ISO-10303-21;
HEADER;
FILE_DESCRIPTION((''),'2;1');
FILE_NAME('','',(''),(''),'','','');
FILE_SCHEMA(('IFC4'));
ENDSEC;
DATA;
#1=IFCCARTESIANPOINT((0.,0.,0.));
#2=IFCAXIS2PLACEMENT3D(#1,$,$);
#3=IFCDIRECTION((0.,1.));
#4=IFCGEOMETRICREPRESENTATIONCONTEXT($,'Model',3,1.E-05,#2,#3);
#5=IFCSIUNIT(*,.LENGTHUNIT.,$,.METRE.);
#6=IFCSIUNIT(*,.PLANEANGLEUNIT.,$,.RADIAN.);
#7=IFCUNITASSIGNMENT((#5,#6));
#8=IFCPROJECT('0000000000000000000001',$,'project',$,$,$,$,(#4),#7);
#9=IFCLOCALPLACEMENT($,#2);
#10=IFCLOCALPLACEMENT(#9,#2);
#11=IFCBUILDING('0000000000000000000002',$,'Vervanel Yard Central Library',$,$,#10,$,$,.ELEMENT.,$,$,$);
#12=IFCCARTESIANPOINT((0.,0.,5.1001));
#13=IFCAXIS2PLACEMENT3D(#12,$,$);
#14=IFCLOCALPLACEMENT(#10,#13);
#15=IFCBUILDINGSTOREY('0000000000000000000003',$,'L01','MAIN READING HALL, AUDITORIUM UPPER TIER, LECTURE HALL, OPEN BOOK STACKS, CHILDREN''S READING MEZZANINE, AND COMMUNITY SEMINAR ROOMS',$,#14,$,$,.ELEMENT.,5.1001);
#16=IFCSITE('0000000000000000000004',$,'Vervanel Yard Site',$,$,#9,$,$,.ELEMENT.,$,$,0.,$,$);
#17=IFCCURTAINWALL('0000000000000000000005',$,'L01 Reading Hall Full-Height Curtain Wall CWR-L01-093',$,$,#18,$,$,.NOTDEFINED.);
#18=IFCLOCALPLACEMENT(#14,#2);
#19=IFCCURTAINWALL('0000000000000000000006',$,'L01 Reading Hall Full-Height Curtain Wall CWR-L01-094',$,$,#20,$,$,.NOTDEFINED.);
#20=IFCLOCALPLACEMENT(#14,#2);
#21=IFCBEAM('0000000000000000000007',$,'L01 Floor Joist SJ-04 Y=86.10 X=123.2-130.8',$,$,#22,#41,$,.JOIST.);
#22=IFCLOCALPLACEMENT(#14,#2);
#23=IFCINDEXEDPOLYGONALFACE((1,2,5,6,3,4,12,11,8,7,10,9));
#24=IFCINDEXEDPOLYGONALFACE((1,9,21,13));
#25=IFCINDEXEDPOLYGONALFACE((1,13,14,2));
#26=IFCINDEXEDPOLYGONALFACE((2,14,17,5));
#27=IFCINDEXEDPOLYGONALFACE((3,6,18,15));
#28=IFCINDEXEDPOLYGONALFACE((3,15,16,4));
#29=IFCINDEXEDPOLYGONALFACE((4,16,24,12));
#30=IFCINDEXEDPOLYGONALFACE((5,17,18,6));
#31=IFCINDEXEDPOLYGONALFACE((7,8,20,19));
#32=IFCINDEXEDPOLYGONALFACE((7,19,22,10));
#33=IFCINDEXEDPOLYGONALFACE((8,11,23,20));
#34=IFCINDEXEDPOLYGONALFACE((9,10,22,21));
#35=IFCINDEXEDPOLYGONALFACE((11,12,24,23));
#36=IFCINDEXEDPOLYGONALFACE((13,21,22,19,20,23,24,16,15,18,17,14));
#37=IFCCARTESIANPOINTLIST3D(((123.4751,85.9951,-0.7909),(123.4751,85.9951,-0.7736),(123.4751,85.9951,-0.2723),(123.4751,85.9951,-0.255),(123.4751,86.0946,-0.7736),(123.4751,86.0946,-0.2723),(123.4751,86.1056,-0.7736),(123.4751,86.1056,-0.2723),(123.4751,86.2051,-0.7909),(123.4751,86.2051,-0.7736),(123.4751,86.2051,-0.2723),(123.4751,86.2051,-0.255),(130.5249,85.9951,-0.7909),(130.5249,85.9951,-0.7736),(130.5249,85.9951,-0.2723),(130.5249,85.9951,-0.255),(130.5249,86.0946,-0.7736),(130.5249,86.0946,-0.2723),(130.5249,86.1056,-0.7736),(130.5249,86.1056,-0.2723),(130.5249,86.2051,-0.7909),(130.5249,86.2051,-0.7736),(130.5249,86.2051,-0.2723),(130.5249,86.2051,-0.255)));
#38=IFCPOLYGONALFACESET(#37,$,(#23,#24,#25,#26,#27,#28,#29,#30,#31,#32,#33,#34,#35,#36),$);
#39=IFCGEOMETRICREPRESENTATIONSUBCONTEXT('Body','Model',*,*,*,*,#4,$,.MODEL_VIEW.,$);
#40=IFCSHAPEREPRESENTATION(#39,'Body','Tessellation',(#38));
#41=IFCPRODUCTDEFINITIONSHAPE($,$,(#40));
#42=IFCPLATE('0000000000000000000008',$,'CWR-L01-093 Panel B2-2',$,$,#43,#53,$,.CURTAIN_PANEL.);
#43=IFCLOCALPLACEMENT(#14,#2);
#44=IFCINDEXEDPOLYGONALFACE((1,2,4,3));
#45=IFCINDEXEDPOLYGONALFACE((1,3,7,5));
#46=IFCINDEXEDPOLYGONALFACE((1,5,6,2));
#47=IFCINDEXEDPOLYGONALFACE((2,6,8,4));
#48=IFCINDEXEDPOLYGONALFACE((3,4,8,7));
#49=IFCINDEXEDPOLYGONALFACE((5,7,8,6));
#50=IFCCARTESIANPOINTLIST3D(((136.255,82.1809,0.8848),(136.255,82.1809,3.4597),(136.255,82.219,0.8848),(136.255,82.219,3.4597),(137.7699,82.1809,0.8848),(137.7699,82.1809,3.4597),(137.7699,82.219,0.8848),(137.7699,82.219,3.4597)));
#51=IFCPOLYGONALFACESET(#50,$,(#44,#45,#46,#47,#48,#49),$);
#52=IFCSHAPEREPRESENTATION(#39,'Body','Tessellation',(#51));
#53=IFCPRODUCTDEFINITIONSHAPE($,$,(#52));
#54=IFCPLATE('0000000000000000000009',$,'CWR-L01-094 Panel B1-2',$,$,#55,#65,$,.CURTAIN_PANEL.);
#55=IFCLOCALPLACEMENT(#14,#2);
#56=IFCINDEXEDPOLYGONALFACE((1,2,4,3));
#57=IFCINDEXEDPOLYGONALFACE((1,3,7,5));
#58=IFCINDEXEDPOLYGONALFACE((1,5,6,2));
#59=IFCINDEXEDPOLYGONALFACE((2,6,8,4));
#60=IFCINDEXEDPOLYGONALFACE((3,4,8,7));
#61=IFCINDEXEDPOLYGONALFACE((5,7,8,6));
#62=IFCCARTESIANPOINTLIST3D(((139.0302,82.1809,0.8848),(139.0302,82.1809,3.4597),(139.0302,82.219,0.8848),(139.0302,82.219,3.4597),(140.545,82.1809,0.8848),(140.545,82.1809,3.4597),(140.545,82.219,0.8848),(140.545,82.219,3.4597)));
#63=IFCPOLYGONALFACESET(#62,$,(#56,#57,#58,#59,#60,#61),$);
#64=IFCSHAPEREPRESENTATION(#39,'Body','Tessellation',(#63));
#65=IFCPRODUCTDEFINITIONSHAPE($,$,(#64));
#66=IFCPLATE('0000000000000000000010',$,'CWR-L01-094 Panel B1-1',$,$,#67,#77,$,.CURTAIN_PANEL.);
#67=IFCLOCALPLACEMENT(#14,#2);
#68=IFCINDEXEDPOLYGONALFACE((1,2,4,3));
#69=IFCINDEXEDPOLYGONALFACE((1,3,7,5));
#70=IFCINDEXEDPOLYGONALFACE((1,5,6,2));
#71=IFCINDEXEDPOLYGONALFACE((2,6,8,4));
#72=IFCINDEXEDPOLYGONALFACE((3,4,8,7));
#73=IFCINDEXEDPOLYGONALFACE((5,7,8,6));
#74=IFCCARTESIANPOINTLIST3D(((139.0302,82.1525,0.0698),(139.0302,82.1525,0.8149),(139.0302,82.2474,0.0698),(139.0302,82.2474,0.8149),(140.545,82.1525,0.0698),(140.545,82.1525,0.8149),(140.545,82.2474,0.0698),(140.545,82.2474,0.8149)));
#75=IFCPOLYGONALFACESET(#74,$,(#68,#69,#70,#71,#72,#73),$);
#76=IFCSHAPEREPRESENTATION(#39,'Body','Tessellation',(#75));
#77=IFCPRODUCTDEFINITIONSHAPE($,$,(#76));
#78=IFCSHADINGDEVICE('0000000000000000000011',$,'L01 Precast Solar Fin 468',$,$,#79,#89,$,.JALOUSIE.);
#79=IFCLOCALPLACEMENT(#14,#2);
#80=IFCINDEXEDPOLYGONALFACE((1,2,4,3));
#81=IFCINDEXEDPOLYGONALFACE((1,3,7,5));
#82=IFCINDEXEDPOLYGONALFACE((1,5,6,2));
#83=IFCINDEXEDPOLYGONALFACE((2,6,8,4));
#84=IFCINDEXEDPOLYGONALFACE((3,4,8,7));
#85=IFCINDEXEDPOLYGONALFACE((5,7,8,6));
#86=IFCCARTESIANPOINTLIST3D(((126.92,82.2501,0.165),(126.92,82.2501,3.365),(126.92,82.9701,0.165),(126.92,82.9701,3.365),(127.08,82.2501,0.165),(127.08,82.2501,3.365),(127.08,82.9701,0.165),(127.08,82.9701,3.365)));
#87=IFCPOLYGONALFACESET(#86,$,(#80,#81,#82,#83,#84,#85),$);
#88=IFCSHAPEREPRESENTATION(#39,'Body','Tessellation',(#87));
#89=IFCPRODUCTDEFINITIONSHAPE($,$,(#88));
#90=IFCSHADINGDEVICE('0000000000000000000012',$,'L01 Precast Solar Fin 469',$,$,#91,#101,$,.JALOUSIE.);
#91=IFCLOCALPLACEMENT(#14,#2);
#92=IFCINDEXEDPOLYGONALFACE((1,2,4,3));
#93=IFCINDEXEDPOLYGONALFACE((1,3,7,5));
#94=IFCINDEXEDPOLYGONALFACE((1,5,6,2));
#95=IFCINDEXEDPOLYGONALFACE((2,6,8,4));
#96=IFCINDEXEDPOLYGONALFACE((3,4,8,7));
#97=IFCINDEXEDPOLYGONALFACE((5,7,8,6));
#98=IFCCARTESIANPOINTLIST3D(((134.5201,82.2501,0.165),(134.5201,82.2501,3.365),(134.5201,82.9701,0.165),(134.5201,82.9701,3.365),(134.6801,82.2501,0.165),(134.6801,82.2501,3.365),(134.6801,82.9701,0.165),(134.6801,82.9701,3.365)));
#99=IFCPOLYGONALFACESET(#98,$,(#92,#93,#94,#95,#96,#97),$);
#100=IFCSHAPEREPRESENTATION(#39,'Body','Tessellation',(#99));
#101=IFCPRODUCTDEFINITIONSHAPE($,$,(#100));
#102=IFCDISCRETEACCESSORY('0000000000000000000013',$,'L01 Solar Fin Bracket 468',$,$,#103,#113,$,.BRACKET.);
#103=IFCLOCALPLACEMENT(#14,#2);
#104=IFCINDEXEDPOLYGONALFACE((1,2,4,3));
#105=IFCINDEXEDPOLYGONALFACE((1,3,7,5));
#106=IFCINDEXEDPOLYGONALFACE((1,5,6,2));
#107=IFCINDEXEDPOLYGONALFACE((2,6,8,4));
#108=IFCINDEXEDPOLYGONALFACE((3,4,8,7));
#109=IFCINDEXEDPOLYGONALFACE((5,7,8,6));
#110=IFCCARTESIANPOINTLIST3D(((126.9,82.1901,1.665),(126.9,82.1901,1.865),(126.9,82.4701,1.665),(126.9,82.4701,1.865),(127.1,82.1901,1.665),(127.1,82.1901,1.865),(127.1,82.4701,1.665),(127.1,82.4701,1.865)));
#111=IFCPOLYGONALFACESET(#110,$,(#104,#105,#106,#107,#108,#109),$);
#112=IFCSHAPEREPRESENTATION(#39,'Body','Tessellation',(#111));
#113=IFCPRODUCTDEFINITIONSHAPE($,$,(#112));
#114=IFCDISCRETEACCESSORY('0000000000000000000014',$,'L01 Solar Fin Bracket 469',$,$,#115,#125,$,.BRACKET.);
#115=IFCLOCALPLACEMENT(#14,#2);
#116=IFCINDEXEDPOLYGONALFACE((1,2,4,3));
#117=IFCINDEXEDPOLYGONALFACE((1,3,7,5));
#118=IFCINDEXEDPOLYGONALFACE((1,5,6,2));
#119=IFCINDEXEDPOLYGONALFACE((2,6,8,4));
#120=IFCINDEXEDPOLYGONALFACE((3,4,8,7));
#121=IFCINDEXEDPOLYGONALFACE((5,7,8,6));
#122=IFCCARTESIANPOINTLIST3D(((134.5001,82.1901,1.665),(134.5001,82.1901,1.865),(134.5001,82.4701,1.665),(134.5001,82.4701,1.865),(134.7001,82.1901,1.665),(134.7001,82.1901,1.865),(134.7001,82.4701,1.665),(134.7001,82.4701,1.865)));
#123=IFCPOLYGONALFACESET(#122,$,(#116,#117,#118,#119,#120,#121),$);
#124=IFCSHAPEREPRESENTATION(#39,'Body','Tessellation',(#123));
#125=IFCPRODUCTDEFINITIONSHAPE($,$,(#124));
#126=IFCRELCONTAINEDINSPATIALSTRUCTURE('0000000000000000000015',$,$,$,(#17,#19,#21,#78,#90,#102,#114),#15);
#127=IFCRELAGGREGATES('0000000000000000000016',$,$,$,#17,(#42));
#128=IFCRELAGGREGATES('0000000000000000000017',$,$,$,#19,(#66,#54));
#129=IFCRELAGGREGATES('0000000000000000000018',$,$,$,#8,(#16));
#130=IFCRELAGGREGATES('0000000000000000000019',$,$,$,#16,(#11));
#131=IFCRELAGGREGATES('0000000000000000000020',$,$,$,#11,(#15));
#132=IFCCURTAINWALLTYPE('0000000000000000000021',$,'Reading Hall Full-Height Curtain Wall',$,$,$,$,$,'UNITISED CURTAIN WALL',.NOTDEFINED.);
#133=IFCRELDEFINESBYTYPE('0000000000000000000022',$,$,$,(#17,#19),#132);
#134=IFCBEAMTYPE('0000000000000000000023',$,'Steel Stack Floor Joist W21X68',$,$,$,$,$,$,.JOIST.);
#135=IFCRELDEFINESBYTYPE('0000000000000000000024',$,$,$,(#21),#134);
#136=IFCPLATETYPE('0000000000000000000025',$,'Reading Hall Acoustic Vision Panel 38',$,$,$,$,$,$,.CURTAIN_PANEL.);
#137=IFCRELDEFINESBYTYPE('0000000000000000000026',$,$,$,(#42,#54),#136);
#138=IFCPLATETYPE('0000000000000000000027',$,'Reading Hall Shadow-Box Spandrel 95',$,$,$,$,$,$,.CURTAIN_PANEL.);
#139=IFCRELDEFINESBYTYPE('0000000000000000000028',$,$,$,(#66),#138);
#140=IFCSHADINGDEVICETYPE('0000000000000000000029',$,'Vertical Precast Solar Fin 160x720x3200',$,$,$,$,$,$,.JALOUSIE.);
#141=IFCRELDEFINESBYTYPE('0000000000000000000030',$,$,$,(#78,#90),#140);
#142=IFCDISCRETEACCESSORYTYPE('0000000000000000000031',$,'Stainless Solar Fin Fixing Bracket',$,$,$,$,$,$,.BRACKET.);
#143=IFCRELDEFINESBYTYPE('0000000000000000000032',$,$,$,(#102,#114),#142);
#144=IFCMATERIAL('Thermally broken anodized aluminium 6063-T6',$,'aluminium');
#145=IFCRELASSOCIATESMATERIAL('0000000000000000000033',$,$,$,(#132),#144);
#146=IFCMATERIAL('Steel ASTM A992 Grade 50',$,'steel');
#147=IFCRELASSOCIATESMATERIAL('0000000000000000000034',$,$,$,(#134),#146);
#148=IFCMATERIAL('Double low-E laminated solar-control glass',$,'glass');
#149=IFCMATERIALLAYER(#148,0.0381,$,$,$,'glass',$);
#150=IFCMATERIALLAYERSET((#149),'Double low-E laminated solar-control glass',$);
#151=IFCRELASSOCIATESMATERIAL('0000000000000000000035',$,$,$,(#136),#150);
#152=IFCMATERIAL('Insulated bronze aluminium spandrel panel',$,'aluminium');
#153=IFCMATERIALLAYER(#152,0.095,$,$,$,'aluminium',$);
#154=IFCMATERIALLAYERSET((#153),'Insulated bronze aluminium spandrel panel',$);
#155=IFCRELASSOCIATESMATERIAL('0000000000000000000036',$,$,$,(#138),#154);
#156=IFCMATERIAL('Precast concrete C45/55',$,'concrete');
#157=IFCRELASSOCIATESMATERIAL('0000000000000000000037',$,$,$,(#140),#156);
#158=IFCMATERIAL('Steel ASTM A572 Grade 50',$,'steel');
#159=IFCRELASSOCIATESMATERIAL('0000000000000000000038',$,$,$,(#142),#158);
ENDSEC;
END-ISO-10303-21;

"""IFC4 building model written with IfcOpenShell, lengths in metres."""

from ifc_helpers import new_model, si_unit, direction, frame, origin, origin_2d, place, context, subcontext, project, spatial, rectangle, i_section, extrude, material, layer, layer_set, material_profile, profile_set, type_object, element, aggregate, save


model = new_model("IFC4")

# Units and contexts
model_context = context("Model", 3, precision=1e-05, world=origin(), true_north=direction((0.0, 1.0)))
body_context = subcontext(model_context, "Body", "Model", "MODEL_VIEW")
ifc_project = project(units=[si_unit("LENGTHUNIT", "METRE"), si_unit("PLANEANGLEUNIT", "RADIAN")], contexts=[model_context])

# Site, building, storey
site_placement = place(None, origin())
site = spatial("IfcSite", under=ifc_project, at=site_placement, Name="Vervanel Yard Site", CompositionType="ELEMENT", RefElevation=0.0)
building_placement = place(site_placement, origin())
building = spatial("IfcBuilding", under=site, at=building_placement, Name="Vervanel Yard Central Library", CompositionType="ELEMENT")
storey_placement = place(building_placement, frame((0.0, 0.0, 5.1001)))
storey = spatial("IfcBuildingStorey", under=building, at=storey_placement, Name="L01", Description="MAIN READING HALL, AUDITORIUM UPPER TIER, LECTURE HALL, OPEN BOOK STACKS, CHILDREN'S READING MEZZANINE, AND COMMUNITY SEMINAR ROOMS", CompositionType="ELEMENT", Elevation=5.1001)

# Curtain wall
ifc_material_1 = material(Name="Thermally broken anodized aluminium 6063-T6", Category="aluminium")
curtain_wall_type = type_object("IfcCurtainWallType", Name="Reading Hall Full-Height Curtain Wall", ElementType="UNITISED CURTAIN WALL", PredefinedType="NOTDEFINED", material=ifc_material_1)
curtain_wall_1_placement = place(storey_placement, origin())
curtain_wall_1 = element("IfcCurtainWall", 1, at=curtain_wall_1_placement, inside=storey, type_object=curtain_wall_type, Name="L01 Reading Hall Full-Height Curtain Wall CWR-L01-093", PredefinedType="NOTDEFINED")

# Curtain wall
curtain_wall_2_placement = place(storey_placement, origin())
curtain_wall_2 = element("IfcCurtainWall", 2, at=curtain_wall_2_placement, inside=storey, type_object=curtain_wall_type, Name="L01 Reading Hall Full-Height Curtain Wall CWR-L01-094", PredefinedType="NOTDEFINED")

# Beam
ifc_material_2 = material(Name="Steel ASTM A992 Grade 50", Category="steel")
ifc_material_profile_1 = material_profile(ifc_material_2, i_section(OverallWidth=0.21, OverallDepth=0.5359, WebThickness=0.011, FlangeThickness=0.0173, at=origin_2d()), Name="W21X68", Category="steel")
ifc_profile_set_1 = profile_set([ifc_material_profile_1], Name="Steel ASTM A992 Grade 50")
beam_type_1 = type_object("IfcBeamType", Name="Steel Stack Floor Joist W21X68", PredefinedType="JOIST", material=ifc_profile_set_1)
beam_1_placement = place(storey_placement, frame((123.4751, 86.1001, -0.5229), z_axis=(1.0, 0.0, 0.0), x_axis=(0.0, 1.0, 0.0)))
element("IfcBeam", 3, at=beam_1_placement, inside=storey, type_object=beam_type_1, Name="L01 Floor Joist SJ-04 Y=86.10 X=123.2-130.8", PredefinedType="JOIST", context=body_context, shape_type="SweptSolid", body=[
    extrude(i_section(OverallWidth=0.21, OverallDepth=0.5359, WebThickness=0.011, FlangeThickness=0.0173, at=origin_2d()), origin(), (0.0, 0.0, 1.0), 7.0498),
])

# Plates
ifc_material_3 = material(Name="Double low-E laminated solar-control glass", Category="glass")
ifc_layer_1 = layer(ifc_material_3, 0.0381, Category="glass")
ifc_layer_set_1 = layer_set([ifc_layer_1], Name="Double low-E laminated solar-control glass")
plate_type_1 = type_object("IfcPlateType", Name="Reading Hall Acoustic Vision Panel 38", PredefinedType="CURTAIN_PANEL", material=ifc_layer_set_1)
plate_1_placement = place(storey_placement, frame((137.0125, 82.2, 0.8848), z_axis=(0.0, 0.0, 1.0), x_axis=(1.0, 0.0, 0.0)))
plate_1 = element("IfcPlate", 4, at=plate_1_placement, type_object=plate_type_1, Name="CWR-L01-093 Panel B2-2", PredefinedType="CURTAIN_PANEL", context=body_context, shape_type="SweptSolid", body=[
    extrude(rectangle(XDim=1.5149, YDim=0.0381, at=origin_2d()), origin(), (0.0, 0.0, 1.0), 2.575),
])
aggregate(curtain_wall_1, [plate_1])
plate_2_placement = place(storey_placement, frame((139.7876, 82.2, 0.8848), z_axis=(0.0, 0.0, 1.0), x_axis=(1.0, 0.0, 0.0)))
plate_2 = element("IfcPlate", 5, at=plate_2_placement, type_object=plate_type_1, Name="CWR-L01-094 Panel B1-2", PredefinedType="CURTAIN_PANEL", context=body_context, shape_type="SweptSolid", body=[
    extrude(rectangle(XDim=1.5149, YDim=0.0381, at=origin_2d()), origin(), (0.0, 0.0, 1.0), 2.575),
])
ifc_material_4 = material(Name="Insulated bronze aluminium spandrel panel", Category="aluminium")
ifc_layer_2 = layer(ifc_material_4, 0.095, Category="aluminium")
ifc_layer_set_2 = layer_set([ifc_layer_2], Name="Insulated bronze aluminium spandrel panel")
plate_type_2 = type_object("IfcPlateType", Name="Reading Hall Shadow-Box Spandrel 95", PredefinedType="CURTAIN_PANEL", material=ifc_layer_set_2)
plate_3_placement = place(storey_placement, frame((139.7876, 82.2, 0.0698), z_axis=(0.0, 0.0, 1.0), x_axis=(1.0, 0.0, 0.0)))
plate_3 = element("IfcPlate", 6, at=plate_3_placement, type_object=plate_type_2, Name="CWR-L01-094 Panel B1-1", PredefinedType="CURTAIN_PANEL", context=body_context, shape_type="SweptSolid", body=[
    extrude(rectangle(XDim=1.5149, YDim=0.095, at=origin_2d()), origin(), (0.0, 0.0, 1.0), 0.7451),
])
aggregate(curtain_wall_2, [plate_3, plate_2])

# Shading devices
ifc_material_5 = material(Name="Precast concrete C45/55", Category="concrete")
shading_device_type = type_object("IfcShadingDeviceType", Name="Vertical Precast Solar Fin 160x720x3200", PredefinedType="JALOUSIE", material=ifc_material_5)
for number, where, z_axis, x_axis, name in (
    (7, (127.0, 82.6101, 0.165), (0.0, 0.0, 1.0), (1.0, 0.0, 0.0), "L01 Precast Solar Fin 468"),
    (8, (134.6001, 82.6101, 0.165), (0.0, 0.0, 1.0), (1.0, 0.0, 0.0), "L01 Precast Solar Fin 469"),
):
    element("IfcShadingDevice", number, at=place(storey_placement, frame(where, z_axis=z_axis, x_axis=x_axis)), inside=storey, type_object=shading_device_type, Name=name, PredefinedType="JALOUSIE", context=body_context, shape_type="SweptSolid", body=[
        extrude(rectangle(XDim=0.1599, YDim=0.72, at=origin_2d()), origin(), (0.0, 0.0, 1.0), 3.2),
    ])

# Discrete accessories
ifc_material_6 = material(Name="Steel ASTM A572 Grade 50", Category="steel")
discrete_accessory_type = type_object("IfcDiscreteAccessoryType", Name="Stainless Solar Fin Fixing Bracket", PredefinedType="BRACKET", material=ifc_material_6)
for number, where, z_axis, x_axis, name in (
    (9, (127.0, 82.3301, 1.665), (0.0, 0.0, 1.0), (1.0, 0.0, 0.0), "L01 Solar Fin Bracket 468"),
    (10, (134.6001, 82.3301, 1.665), (0.0, 0.0, 1.0), (1.0, 0.0, 0.0), "L01 Solar Fin Bracket 469"),
):
    element("IfcDiscreteAccessory", number, at=place(storey_placement, frame(where, z_axis=z_axis, x_axis=x_axis)), inside=storey, type_object=discrete_accessory_type, Name=name, PredefinedType="BRACKET", context=body_context, shape_type="SweptSolid", body=[
        extrude(rectangle(XDim=0.2, YDim=0.28, at=origin_2d()), origin(), (0.0, 0.0, 1.0), 0.2),
    ])

save(model, "model.ifc")
